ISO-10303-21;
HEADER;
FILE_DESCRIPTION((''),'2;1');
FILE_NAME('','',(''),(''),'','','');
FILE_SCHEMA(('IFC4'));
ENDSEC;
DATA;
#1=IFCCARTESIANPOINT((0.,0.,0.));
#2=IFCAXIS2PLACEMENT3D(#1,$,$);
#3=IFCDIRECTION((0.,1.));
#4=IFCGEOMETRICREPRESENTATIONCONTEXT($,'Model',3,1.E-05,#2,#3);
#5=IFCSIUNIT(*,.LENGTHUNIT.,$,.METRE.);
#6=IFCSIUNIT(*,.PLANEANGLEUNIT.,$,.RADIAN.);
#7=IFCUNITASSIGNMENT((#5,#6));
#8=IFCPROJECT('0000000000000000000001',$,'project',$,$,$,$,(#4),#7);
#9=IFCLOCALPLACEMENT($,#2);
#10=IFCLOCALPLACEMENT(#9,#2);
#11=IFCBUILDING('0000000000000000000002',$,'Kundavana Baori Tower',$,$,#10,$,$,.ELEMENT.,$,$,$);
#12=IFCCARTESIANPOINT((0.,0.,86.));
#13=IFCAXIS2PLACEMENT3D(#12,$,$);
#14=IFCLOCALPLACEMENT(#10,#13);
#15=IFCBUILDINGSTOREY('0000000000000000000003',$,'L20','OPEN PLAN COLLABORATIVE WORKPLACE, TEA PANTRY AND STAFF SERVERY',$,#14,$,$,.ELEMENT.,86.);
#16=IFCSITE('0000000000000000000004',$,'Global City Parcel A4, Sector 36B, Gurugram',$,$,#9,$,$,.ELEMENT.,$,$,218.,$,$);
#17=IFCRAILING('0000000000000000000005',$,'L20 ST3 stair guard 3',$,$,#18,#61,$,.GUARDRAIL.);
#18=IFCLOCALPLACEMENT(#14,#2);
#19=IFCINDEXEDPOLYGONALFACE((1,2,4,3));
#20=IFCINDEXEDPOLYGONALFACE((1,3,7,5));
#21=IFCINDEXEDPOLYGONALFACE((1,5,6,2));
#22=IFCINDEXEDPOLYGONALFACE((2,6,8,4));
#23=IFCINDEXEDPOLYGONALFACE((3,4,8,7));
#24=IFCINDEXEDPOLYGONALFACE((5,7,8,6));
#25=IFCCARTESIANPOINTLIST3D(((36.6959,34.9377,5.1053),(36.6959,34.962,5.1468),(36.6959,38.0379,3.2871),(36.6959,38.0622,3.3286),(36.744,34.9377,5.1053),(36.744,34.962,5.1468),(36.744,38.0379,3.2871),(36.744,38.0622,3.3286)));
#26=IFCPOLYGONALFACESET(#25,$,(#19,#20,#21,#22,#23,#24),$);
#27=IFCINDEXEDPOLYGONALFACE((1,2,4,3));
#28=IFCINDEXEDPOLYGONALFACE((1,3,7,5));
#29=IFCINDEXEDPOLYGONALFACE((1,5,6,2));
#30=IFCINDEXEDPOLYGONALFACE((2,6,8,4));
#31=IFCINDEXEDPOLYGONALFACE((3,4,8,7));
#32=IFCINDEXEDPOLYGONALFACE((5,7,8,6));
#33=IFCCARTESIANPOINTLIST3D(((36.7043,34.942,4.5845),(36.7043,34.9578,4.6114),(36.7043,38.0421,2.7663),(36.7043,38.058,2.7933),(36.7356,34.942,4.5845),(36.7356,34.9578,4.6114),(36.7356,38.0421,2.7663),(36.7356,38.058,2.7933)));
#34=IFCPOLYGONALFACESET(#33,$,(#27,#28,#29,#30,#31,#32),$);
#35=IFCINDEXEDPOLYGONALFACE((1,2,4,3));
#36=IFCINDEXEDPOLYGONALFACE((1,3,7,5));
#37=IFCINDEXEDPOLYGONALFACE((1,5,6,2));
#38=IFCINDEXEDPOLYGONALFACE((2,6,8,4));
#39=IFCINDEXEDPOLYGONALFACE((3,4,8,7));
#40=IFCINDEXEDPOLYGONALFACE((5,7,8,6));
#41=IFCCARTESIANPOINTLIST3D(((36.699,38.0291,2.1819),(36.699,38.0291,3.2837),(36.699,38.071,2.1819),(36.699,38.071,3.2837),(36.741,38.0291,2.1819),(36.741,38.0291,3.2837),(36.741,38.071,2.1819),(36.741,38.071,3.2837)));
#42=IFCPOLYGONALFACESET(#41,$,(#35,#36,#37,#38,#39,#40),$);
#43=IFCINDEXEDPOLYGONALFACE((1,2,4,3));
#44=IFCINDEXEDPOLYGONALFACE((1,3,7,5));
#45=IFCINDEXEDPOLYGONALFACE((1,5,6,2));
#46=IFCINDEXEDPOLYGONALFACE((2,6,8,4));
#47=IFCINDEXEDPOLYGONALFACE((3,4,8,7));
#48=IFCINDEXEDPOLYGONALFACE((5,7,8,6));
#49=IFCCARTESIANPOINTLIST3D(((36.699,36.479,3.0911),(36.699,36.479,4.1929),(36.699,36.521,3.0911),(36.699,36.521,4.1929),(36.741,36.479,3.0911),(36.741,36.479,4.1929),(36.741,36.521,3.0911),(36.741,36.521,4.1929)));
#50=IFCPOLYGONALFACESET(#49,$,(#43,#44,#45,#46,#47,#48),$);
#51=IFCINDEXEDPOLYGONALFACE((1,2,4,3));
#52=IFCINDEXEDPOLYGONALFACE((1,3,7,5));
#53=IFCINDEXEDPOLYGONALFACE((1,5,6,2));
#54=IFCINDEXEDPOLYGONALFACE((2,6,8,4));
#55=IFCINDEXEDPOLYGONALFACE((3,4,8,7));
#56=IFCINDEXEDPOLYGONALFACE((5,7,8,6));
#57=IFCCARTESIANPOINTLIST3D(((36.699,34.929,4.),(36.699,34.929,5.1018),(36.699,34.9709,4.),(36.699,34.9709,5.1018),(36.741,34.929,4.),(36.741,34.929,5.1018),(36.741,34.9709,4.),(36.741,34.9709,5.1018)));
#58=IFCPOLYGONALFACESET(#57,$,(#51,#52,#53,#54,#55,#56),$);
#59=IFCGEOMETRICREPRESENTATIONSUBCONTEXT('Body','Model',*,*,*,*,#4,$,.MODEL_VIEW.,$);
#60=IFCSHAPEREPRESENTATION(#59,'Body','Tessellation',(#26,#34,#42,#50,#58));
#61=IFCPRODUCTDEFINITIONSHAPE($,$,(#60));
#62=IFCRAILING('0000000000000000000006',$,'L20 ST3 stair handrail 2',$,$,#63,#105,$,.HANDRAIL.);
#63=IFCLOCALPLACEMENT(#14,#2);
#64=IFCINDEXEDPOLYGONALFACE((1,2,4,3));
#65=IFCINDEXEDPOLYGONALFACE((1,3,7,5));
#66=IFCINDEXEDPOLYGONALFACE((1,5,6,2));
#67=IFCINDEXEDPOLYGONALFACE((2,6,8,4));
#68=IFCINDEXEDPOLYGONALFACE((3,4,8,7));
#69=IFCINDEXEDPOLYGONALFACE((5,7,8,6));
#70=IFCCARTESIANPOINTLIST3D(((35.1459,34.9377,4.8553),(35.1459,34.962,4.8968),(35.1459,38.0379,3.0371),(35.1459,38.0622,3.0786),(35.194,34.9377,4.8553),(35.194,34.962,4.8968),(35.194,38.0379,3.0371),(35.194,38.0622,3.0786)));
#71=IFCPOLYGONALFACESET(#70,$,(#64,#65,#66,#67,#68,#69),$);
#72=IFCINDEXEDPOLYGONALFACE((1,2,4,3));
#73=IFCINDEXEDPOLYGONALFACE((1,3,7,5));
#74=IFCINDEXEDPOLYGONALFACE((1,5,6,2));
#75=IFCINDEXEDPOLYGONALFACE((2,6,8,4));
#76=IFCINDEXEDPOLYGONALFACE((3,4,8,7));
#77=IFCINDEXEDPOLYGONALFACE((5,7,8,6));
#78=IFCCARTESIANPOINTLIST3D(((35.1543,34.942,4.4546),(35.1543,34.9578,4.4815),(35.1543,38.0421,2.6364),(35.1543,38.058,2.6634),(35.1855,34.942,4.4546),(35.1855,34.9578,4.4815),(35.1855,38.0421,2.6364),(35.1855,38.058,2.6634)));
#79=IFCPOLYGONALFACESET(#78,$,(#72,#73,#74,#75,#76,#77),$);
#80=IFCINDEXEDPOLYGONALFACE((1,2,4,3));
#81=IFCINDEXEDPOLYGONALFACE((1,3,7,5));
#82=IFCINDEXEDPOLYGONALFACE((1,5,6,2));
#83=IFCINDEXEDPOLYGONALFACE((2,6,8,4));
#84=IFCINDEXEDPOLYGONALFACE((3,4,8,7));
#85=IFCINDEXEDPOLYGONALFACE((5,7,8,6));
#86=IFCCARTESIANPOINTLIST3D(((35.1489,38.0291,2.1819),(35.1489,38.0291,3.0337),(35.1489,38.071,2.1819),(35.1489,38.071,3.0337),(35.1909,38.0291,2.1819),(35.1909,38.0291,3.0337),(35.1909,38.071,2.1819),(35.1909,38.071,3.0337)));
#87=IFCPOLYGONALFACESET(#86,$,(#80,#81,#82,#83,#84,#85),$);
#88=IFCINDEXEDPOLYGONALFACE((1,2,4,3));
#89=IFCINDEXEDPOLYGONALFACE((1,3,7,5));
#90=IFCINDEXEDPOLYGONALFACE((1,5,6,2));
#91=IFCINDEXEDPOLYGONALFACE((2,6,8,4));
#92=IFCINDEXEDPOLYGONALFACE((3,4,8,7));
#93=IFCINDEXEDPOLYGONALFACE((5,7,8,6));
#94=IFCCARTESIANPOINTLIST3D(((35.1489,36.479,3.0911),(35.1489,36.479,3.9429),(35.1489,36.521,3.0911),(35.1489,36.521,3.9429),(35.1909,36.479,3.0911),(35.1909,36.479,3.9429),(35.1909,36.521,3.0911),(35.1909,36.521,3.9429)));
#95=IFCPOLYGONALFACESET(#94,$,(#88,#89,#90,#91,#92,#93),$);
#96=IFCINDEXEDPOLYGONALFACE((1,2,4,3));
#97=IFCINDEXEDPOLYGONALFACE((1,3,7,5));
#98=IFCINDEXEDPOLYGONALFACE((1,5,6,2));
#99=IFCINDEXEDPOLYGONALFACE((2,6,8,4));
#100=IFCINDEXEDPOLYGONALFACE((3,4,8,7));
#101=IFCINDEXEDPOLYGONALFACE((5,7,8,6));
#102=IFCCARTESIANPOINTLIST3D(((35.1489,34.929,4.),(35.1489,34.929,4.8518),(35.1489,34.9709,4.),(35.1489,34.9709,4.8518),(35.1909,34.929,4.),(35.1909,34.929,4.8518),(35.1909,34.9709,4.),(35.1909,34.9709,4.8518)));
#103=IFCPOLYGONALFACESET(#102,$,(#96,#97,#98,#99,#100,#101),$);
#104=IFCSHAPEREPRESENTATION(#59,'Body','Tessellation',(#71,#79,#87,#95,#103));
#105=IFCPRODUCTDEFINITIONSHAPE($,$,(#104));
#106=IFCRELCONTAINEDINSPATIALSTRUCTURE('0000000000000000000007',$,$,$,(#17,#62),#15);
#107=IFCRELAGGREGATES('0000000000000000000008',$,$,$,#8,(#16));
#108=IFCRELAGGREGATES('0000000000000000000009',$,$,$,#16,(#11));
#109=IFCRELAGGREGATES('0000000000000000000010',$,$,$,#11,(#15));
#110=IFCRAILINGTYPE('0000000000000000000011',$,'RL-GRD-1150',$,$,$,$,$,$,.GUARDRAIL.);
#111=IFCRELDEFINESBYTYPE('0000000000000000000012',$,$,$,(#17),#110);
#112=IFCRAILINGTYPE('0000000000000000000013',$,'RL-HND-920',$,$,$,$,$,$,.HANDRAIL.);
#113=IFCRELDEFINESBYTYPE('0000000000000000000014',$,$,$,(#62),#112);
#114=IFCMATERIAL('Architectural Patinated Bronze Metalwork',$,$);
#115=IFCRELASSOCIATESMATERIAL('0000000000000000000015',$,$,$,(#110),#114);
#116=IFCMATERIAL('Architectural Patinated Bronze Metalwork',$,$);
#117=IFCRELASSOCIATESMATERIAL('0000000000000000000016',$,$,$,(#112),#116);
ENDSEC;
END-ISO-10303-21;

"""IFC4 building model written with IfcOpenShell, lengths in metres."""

from ifc_helpers import new_model, si_unit, direction, frame, origin, origin_2d, place, context, subcontext, project, spatial, rectangle, extrude, material, type_object, element, save


model = new_model("IFC4")

# Units and contexts
model_context = context("Model", 3, precision=1e-05, world=origin(), true_north=direction((0.0, 1.0)))
body_context = subcontext(model_context, "Body", "Model", "MODEL_VIEW")
ifc_project = project(units=[si_unit("LENGTHUNIT", "METRE"), si_unit("PLANEANGLEUNIT", "RADIAN")], contexts=[model_context])

# Site, building, storey
site_placement = place(None, origin())
site = spatial("IfcSite", under=ifc_project, at=site_placement, Name="Global City Parcel A4, Sector 36B, Gurugram", CompositionType="ELEMENT", RefElevation=218.0)
building_placement = place(site_placement, origin())
building = spatial("IfcBuilding", under=site, at=building_placement, Name="Kundavana Baori Tower", CompositionType="ELEMENT")
storey_placement = place(building_placement, frame((0.0, 0.0, 86.0)))
storey = spatial("IfcBuildingStorey", under=building, at=storey_placement, Name="L20", Description="OPEN PLAN COLLABORATIVE WORKPLACE, TEA PANTRY AND STAFF SERVERY", CompositionType="ELEMENT", Elevation=86.0)

# Railings
ifc_material_1 = material(Name="Architectural Patinated Bronze Metalwork")
railing_type_1 = type_object("IfcRailingType", Name="RL-GRD-1150", PredefinedType="GUARDRAIL", material=ifc_material_1)
railing_1_placement = place(storey_placement, frame((36.72, 38.05, 2.1819)))
element("IfcRailing", 1, at=railing_1_placement, inside=storey, type_object=railing_type_1, Name="L20 ST3 stair guard 3", PredefinedType="GUARDRAIL", context=body_context, shape_type="SweptSolid", body=[
    extrude(rectangle(XDim=0.0481, YDim=0.0481, at=origin_2d()), frame((0.0, 0.0, 1.126), z_axis=(0.0, -0.862599, 0.505889), x_axis=(1.0, 0.0, 0.0)), (0.0, 0.0, 1.0), 3.594),
    extrude(rectangle(XDim=0.0312, YDim=0.0312, at=origin_2d()), frame((0.0, 0.0, 0.5979), z_axis=(0.0, -0.862599, 0.505889), x_axis=(1.0, 0.0, 0.0)), (0.0, 0.0, 1.0), 3.594),
    extrude(rectangle(XDim=0.042, YDim=0.042, at=origin_2d()), origin(), (0.0, 0.0, 1.0), 1.1018),
    extrude(rectangle(XDim=0.042, YDim=0.042, at=origin_2d()), frame((0.0, -1.55, 0.9092)), (0.0, 0.0, 1.0), 1.1018),
    extrude(rectangle(XDim=0.042, YDim=0.042, at=origin_2d()), frame((0.0, -3.1001, 1.8181)), (0.0, 0.0, 1.0), 1.1018),
])
ifc_material_2 = material(Name="Architectural Patinated Bronze Metalwork")
railing_type_2 = type_object("IfcRailingType", Name="RL-HND-920", PredefinedType="HANDRAIL", material=ifc_material_2)
railing_2_placement = place(storey_placement, frame((35.1699, 38.05, 2.1819)))
element("IfcRailing", 2, at=railing_2_placement, inside=storey, type_object=railing_type_2, Name="L20 ST3 stair handrail 2", PredefinedType="HANDRAIL", context=body_context, shape_type="SweptSolid", body=[
    extrude(rectangle(XDim=0.0481, YDim=0.0481, at=origin_2d()), frame((0.0, 0.0, 0.876), z_axis=(0.0, -0.862599, 0.505889), x_axis=(1.0, 0.0, 0.0)), (0.0, 0.0, 1.0), 3.594),
    extrude(rectangle(XDim=0.0312, YDim=0.0312, at=origin_2d()), frame((0.0, 0.0, 0.468), z_axis=(0.0, -0.862599, 0.505889), x_axis=(1.0, 0.0, 0.0)), (0.0, 0.0, 1.0), 3.594),
    extrude(rectangle(XDim=0.042, YDim=0.042, at=origin_2d()), origin(), (0.0, 0.0, 1.0), 0.8518),
    extrude(rectangle(XDim=0.042, YDim=0.042, at=origin_2d()), frame((0.0, -1.55, 0.9092)), (0.0, 0.0, 1.0), 0.8518),
    extrude(rectangle(XDim=0.042, YDim=0.042, at=origin_2d()), frame((0.0, -3.1001, 1.8181)), (0.0, 0.0, 1.0), 0.8518),
])

save(model, "model.ifc")
